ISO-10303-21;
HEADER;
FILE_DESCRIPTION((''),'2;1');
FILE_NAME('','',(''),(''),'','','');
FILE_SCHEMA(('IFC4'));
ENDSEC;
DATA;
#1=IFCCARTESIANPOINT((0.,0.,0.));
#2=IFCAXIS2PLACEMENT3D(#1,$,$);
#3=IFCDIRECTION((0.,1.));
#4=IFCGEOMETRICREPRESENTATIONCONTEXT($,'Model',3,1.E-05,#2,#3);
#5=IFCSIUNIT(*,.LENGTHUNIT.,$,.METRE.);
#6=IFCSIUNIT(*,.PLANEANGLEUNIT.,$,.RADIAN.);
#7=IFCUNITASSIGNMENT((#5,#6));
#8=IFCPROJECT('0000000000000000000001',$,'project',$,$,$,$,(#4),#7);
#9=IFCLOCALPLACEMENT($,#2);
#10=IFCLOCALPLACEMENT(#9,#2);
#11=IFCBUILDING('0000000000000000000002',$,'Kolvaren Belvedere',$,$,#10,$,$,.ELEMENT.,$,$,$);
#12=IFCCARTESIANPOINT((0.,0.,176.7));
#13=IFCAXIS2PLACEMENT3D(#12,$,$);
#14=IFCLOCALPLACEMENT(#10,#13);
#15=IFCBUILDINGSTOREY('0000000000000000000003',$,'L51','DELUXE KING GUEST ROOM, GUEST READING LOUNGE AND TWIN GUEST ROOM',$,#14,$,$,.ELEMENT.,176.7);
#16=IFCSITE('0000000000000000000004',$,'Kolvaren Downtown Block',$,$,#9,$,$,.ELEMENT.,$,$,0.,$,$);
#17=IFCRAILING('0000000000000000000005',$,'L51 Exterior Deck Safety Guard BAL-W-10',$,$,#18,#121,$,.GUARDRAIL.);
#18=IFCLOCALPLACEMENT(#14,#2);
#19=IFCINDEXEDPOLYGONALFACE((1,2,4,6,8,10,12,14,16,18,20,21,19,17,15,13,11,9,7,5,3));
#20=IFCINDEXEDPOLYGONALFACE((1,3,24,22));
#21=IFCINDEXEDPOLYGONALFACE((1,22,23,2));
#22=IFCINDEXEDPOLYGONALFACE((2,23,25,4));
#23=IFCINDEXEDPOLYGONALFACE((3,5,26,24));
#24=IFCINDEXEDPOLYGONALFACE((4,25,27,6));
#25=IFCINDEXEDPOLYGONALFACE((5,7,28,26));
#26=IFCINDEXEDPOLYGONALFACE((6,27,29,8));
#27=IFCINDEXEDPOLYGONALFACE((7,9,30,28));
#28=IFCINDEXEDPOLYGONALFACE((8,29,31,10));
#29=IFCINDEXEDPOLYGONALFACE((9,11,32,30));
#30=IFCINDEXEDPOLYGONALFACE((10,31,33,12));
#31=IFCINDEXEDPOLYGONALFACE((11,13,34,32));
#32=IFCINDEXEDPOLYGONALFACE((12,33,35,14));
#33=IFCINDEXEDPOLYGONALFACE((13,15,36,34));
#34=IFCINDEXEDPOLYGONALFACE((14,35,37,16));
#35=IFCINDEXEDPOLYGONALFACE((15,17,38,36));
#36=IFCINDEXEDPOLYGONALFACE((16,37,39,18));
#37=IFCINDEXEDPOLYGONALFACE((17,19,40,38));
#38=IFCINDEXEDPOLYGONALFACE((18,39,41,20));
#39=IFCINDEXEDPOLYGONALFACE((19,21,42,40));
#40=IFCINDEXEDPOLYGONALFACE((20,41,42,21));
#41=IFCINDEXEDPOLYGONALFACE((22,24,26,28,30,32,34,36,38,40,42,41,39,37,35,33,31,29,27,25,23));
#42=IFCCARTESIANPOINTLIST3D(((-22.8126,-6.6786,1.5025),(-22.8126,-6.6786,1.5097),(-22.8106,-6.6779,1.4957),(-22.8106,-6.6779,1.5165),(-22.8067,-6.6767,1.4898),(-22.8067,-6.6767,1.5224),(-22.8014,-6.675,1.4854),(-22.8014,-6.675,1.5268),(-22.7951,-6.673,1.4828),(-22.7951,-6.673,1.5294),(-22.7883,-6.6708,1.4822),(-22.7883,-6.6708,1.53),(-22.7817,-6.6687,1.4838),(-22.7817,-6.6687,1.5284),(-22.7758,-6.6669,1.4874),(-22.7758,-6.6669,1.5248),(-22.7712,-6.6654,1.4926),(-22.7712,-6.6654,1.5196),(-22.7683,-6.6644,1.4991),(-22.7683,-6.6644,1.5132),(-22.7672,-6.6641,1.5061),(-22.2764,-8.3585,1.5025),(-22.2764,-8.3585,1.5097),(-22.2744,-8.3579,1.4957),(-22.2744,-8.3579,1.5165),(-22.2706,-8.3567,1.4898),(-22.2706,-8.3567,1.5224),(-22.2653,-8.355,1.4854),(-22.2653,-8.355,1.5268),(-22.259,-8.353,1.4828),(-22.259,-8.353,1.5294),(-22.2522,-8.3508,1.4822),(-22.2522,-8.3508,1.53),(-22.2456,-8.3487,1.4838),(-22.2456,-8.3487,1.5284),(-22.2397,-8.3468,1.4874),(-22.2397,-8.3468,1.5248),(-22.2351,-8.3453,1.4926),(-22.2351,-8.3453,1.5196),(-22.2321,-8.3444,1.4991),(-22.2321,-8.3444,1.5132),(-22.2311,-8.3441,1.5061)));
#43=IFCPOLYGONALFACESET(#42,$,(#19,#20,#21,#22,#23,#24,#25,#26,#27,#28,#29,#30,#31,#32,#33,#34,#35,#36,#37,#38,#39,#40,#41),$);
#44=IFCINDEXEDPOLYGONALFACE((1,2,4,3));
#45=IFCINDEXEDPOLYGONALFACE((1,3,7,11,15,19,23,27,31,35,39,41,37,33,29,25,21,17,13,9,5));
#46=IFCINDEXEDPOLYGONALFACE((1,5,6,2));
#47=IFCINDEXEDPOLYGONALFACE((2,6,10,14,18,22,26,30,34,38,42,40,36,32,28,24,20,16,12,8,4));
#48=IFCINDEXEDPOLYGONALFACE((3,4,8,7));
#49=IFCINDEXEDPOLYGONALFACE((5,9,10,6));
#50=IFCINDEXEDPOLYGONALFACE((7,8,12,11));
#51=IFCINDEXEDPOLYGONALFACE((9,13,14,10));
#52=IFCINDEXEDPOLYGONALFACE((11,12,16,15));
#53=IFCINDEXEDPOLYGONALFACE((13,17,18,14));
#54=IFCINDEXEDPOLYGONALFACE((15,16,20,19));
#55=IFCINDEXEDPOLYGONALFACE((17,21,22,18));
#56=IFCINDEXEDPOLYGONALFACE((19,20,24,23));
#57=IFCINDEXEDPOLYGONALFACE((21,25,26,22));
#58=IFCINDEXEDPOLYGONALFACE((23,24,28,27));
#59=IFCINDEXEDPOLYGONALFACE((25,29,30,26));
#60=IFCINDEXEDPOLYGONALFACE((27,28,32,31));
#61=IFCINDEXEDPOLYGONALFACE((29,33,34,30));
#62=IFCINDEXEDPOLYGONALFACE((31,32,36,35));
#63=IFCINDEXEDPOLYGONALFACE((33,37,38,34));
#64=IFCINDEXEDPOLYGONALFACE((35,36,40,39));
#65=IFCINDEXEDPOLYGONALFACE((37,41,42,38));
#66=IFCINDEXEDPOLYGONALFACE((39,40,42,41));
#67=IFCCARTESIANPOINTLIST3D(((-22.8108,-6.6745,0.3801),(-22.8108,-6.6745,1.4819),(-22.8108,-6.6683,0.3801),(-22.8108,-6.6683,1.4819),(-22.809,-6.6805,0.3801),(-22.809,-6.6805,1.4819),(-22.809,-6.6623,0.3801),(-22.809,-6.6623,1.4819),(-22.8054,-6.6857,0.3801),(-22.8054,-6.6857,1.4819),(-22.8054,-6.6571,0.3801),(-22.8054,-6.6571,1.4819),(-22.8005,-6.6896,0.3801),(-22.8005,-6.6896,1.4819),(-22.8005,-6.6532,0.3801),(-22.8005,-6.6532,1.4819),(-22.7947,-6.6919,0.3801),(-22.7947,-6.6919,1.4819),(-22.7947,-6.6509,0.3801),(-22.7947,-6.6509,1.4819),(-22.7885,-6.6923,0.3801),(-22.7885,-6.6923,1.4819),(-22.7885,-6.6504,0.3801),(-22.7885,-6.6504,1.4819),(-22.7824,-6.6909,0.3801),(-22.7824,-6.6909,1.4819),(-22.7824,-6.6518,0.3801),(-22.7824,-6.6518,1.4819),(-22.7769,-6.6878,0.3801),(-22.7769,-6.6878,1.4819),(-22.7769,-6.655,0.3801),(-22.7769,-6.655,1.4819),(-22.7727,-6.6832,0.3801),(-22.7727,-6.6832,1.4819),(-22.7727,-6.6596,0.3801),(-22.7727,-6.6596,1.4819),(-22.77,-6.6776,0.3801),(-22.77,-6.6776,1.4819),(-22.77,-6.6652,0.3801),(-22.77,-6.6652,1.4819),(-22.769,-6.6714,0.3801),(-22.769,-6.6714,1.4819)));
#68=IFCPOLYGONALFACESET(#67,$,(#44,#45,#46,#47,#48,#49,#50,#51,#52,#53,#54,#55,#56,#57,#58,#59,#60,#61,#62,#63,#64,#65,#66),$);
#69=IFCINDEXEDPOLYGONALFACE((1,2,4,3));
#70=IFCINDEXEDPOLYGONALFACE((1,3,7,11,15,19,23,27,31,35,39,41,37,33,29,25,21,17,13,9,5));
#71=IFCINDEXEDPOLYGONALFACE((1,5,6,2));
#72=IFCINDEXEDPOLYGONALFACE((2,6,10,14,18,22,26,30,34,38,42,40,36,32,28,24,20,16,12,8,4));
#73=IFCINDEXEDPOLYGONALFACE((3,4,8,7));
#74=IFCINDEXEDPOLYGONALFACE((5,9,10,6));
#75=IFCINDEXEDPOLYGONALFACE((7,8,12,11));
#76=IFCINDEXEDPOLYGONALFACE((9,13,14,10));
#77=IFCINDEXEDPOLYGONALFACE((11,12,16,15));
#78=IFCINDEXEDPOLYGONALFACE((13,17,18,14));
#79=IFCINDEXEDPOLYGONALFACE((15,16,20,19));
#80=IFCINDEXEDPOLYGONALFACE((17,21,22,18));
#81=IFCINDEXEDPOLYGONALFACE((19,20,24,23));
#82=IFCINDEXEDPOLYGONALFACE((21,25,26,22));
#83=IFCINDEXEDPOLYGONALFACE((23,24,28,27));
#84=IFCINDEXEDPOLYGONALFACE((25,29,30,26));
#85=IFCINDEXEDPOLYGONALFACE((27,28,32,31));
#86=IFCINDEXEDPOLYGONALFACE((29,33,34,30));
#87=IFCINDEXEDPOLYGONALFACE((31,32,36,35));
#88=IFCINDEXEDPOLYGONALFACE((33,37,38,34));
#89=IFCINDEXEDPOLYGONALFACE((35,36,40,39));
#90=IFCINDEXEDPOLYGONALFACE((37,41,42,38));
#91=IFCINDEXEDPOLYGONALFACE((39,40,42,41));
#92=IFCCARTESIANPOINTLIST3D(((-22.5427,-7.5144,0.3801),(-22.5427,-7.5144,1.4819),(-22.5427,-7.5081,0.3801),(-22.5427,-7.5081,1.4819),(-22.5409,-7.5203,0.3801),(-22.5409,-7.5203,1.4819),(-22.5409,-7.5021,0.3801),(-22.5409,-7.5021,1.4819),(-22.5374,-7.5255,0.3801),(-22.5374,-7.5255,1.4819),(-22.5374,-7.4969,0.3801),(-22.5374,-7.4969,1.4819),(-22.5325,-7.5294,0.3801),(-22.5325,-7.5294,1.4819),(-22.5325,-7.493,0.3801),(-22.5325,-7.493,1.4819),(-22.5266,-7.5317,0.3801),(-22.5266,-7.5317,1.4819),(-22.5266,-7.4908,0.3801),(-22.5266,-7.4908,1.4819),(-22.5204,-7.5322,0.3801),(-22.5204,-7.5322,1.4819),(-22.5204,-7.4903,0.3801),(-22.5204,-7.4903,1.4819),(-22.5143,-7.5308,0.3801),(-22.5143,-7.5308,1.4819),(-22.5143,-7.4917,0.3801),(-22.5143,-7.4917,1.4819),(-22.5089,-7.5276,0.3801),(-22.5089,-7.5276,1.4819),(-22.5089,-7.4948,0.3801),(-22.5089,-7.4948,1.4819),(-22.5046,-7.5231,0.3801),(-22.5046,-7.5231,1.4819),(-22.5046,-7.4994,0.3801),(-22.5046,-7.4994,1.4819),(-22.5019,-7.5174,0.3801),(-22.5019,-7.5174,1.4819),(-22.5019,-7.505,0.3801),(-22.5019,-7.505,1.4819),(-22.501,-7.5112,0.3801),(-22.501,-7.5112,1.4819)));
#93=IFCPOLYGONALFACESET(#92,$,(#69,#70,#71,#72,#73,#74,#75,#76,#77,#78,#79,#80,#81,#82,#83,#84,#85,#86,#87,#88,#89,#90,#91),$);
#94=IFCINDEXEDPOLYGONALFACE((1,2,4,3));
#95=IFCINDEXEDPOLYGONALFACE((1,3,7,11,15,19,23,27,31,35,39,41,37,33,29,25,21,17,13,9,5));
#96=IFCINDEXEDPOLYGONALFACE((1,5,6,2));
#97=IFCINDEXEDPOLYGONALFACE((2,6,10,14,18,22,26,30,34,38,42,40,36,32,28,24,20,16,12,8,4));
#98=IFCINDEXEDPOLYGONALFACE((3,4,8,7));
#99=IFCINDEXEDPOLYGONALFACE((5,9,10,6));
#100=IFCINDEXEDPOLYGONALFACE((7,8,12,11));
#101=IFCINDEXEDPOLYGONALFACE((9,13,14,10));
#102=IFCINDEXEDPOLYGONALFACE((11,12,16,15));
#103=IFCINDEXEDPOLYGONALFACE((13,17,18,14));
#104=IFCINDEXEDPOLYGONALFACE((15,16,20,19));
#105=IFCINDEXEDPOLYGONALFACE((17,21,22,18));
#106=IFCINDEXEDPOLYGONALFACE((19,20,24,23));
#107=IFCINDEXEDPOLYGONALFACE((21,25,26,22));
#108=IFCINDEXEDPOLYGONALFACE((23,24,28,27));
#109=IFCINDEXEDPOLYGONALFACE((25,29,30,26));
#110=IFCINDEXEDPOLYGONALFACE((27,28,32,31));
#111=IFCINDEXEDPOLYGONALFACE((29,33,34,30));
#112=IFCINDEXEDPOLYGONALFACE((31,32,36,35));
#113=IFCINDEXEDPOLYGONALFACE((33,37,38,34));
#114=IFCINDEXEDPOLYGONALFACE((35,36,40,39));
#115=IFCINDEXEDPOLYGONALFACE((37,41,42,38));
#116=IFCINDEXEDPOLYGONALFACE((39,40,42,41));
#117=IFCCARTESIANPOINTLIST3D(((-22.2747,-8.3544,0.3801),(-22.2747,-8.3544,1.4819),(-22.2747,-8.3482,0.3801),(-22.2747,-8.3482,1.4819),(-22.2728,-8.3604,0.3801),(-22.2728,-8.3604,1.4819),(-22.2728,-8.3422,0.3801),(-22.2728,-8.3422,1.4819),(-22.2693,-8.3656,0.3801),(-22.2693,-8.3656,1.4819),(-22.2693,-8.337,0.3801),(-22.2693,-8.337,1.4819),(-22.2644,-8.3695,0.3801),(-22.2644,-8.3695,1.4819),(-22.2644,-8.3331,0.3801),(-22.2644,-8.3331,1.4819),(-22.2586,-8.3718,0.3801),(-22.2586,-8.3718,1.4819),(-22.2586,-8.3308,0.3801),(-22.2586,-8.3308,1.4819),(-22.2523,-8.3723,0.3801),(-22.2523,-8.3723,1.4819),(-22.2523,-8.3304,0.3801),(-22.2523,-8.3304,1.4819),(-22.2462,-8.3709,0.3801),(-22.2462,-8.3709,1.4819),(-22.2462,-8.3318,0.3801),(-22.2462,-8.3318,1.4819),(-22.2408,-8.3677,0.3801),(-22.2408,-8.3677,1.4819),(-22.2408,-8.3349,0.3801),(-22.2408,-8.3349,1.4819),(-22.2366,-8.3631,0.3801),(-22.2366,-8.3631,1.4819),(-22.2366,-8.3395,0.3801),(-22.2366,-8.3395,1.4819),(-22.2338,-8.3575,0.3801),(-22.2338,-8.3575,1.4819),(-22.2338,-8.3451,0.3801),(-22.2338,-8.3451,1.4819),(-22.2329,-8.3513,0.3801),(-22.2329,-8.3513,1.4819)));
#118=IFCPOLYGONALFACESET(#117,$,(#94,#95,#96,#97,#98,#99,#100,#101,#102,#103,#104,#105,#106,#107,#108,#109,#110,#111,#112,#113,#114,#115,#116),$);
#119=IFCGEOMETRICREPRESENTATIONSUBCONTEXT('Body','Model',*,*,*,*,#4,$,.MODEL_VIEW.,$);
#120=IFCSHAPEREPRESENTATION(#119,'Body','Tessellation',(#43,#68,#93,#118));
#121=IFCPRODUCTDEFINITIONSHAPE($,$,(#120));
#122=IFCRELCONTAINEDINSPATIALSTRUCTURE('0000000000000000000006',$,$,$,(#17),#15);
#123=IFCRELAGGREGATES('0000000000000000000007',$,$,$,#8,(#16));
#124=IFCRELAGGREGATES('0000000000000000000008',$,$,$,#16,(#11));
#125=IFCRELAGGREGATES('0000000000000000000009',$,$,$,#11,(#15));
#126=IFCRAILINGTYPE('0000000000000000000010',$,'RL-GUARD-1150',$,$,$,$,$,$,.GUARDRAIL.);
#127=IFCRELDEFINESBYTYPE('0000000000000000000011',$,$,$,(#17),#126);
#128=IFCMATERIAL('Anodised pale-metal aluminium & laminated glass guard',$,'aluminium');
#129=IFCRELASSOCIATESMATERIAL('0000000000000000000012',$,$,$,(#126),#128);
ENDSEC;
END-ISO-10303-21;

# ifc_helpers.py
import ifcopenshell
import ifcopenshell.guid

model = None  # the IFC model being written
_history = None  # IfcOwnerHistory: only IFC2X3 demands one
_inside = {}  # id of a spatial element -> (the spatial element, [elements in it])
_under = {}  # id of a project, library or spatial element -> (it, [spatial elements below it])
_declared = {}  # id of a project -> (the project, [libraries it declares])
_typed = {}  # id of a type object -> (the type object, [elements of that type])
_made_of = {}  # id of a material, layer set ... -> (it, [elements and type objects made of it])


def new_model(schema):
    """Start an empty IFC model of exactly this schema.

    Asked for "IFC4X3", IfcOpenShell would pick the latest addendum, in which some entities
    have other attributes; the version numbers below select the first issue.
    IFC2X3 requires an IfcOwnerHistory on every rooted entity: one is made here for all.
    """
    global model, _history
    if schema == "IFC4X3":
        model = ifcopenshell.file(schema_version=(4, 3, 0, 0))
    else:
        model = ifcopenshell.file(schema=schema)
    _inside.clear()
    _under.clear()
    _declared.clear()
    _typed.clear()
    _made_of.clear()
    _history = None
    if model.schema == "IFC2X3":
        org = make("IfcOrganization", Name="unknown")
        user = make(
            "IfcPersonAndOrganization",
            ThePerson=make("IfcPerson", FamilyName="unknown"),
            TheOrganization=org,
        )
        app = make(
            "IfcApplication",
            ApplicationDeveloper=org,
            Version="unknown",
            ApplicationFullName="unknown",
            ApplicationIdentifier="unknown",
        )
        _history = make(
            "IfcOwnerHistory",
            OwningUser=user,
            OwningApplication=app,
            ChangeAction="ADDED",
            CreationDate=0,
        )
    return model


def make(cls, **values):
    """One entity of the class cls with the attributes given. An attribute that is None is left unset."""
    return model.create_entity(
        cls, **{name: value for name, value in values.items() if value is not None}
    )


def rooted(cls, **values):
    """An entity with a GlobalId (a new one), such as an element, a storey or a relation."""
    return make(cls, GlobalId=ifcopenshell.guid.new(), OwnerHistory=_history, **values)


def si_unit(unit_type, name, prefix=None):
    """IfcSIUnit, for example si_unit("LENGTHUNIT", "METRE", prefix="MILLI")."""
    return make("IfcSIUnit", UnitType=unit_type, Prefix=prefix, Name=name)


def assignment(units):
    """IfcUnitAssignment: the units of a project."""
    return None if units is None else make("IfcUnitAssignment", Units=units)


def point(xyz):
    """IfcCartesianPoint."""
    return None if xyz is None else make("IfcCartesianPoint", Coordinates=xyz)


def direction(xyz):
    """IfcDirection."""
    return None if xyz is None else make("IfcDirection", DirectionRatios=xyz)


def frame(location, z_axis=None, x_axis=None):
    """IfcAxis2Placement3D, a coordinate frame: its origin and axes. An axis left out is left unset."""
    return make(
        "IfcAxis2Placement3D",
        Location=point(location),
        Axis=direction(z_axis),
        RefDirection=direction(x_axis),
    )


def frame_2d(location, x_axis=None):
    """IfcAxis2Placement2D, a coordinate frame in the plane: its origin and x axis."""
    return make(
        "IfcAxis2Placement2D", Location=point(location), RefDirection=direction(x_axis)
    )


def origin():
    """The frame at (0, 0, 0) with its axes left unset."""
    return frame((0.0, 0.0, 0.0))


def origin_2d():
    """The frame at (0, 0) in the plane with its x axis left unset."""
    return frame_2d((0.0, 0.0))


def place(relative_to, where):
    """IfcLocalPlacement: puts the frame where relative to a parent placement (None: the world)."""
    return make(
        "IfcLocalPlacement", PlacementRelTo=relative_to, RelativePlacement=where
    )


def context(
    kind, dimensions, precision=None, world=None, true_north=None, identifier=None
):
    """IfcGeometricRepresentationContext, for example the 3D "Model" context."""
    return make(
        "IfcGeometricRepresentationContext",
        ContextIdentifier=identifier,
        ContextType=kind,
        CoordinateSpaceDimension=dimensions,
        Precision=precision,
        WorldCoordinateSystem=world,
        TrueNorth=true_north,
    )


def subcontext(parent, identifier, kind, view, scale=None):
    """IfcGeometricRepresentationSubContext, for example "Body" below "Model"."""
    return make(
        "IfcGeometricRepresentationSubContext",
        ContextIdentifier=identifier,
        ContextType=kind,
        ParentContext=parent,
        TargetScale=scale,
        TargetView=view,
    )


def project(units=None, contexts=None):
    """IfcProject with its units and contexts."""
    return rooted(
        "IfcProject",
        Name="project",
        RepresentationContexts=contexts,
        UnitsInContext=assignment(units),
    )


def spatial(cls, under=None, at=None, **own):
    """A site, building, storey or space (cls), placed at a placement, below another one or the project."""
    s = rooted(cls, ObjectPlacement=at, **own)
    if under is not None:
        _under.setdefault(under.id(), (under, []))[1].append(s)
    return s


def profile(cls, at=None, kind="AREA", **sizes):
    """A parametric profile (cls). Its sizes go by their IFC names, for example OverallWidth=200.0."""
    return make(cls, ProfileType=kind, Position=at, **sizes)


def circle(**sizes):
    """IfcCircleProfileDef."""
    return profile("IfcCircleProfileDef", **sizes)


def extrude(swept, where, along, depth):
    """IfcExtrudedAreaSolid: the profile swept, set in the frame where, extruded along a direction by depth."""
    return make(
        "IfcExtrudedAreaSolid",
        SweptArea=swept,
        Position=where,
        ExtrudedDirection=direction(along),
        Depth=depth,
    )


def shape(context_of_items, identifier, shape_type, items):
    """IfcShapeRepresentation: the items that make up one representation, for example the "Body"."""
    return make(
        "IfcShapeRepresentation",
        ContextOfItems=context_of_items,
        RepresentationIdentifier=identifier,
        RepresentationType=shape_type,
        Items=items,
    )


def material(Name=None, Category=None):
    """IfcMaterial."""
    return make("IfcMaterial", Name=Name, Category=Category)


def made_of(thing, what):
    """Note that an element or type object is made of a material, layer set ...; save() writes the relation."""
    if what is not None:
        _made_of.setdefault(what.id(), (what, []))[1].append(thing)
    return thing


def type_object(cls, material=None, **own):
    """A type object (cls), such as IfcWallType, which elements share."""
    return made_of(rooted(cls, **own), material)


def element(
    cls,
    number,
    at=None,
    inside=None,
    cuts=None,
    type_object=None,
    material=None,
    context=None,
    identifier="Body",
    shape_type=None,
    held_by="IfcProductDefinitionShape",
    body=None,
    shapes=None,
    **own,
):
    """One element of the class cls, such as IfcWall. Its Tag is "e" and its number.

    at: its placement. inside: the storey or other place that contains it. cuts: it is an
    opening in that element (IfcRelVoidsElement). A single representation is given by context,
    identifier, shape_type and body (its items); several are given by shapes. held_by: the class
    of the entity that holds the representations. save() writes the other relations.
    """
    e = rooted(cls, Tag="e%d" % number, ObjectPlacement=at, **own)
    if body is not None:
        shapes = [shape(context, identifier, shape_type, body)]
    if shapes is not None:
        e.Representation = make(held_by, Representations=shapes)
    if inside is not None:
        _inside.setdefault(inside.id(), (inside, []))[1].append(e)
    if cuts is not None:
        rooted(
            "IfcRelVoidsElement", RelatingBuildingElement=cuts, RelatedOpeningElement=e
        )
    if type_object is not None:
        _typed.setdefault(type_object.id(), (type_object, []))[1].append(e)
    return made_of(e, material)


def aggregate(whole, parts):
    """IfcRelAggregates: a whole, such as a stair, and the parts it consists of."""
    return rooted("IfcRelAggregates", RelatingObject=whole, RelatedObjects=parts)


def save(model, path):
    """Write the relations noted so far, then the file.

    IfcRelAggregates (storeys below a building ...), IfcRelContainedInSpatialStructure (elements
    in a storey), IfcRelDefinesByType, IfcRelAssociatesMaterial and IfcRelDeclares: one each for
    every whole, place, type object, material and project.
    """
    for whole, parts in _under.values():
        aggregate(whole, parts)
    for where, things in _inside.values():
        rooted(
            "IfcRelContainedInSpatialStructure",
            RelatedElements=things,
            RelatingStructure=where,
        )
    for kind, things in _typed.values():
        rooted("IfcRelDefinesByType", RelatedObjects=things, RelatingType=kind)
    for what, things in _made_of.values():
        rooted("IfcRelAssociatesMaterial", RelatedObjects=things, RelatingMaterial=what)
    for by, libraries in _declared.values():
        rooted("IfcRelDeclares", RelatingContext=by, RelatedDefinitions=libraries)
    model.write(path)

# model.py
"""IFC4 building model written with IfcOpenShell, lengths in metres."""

from ifc_helpers import new_model, si_unit, direction, frame, origin, origin_2d, place, context, subcontext, project, spatial, circle, extrude, material, type_object, element, save


model = new_model("IFC4")

# Units and contexts
model_context = context("Model", 3, precision=1e-05, world=origin(), true_north=direction((0.0, 1.0)))
body_context = subcontext(model_context, "Body", "Model", "MODEL_VIEW")
ifc_project = project(units=[si_unit("LENGTHUNIT", "METRE"), si_unit("PLANEANGLEUNIT", "RADIAN")], contexts=[model_context])

# Site, building, storey
site_placement = place(None, origin())
site = spatial("IfcSite", under=ifc_project, at=site_placement, Name="Kolvaren Downtown Block", CompositionType="ELEMENT", RefElevation=0.0)
building_placement = place(site_placement, origin())
building = spatial("IfcBuilding", under=site, at=building_placement, Name="Kolvaren Belvedere", CompositionType="ELEMENT")
storey_placement = place(building_placement, frame((0.0, 0.0, 176.7)))
storey = spatial("IfcBuildingStorey", under=building, at=storey_placement, Name="L51", Description="DELUXE KING GUEST ROOM, GUEST READING LOUNGE AND TWIN GUEST ROOM", CompositionType="ELEMENT", Elevation=176.7)

# Railing
ifc_material_1 = material(Name="Anodised pale-metal aluminium & laminated glass guard", Category="aluminium")
railing_type = type_object("IfcRailingType", Name="RL-GUARD-1150", PredefinedType="GUARDRAIL", material=ifc_material_1)
railing_1_placement = place(storey_placement, frame((-22.79, -6.6714, 0.3801)))
element("IfcRailing", 1, at=railing_1_placement, inside=storey, type_object=railing_type, Name="L51 Exterior Deck Safety Guard BAL-W-10", PredefinedType="GUARDRAIL", context=body_context, shape_type="SweptSolid", body=[
    extrude(circle(Radius=0.0239, at=origin_2d()), frame((0.0, 0.0, 1.126), z_axis=(0.304032, -0.952662, 0.0), x_axis=(0.952662, 0.304032, 0.0)), (0.0, 0.0, 1.0), 1.7634),
    extrude(circle(Radius=0.021, at=origin_2d()), origin(), (0.0, 0.0, 1.0), 1.1018),
    extrude(circle(Radius=0.021, at=origin_2d()), frame((0.2681, -0.8398, 0.0)), (0.0, 0.0, 1.0), 1.1018),
    extrude(circle(Radius=0.021, at=origin_2d()), frame((0.5361, -1.6799, 0.0)), (0.0, 0.0, 1.0), 1.1018),
])

save(model, "model.ifc")
